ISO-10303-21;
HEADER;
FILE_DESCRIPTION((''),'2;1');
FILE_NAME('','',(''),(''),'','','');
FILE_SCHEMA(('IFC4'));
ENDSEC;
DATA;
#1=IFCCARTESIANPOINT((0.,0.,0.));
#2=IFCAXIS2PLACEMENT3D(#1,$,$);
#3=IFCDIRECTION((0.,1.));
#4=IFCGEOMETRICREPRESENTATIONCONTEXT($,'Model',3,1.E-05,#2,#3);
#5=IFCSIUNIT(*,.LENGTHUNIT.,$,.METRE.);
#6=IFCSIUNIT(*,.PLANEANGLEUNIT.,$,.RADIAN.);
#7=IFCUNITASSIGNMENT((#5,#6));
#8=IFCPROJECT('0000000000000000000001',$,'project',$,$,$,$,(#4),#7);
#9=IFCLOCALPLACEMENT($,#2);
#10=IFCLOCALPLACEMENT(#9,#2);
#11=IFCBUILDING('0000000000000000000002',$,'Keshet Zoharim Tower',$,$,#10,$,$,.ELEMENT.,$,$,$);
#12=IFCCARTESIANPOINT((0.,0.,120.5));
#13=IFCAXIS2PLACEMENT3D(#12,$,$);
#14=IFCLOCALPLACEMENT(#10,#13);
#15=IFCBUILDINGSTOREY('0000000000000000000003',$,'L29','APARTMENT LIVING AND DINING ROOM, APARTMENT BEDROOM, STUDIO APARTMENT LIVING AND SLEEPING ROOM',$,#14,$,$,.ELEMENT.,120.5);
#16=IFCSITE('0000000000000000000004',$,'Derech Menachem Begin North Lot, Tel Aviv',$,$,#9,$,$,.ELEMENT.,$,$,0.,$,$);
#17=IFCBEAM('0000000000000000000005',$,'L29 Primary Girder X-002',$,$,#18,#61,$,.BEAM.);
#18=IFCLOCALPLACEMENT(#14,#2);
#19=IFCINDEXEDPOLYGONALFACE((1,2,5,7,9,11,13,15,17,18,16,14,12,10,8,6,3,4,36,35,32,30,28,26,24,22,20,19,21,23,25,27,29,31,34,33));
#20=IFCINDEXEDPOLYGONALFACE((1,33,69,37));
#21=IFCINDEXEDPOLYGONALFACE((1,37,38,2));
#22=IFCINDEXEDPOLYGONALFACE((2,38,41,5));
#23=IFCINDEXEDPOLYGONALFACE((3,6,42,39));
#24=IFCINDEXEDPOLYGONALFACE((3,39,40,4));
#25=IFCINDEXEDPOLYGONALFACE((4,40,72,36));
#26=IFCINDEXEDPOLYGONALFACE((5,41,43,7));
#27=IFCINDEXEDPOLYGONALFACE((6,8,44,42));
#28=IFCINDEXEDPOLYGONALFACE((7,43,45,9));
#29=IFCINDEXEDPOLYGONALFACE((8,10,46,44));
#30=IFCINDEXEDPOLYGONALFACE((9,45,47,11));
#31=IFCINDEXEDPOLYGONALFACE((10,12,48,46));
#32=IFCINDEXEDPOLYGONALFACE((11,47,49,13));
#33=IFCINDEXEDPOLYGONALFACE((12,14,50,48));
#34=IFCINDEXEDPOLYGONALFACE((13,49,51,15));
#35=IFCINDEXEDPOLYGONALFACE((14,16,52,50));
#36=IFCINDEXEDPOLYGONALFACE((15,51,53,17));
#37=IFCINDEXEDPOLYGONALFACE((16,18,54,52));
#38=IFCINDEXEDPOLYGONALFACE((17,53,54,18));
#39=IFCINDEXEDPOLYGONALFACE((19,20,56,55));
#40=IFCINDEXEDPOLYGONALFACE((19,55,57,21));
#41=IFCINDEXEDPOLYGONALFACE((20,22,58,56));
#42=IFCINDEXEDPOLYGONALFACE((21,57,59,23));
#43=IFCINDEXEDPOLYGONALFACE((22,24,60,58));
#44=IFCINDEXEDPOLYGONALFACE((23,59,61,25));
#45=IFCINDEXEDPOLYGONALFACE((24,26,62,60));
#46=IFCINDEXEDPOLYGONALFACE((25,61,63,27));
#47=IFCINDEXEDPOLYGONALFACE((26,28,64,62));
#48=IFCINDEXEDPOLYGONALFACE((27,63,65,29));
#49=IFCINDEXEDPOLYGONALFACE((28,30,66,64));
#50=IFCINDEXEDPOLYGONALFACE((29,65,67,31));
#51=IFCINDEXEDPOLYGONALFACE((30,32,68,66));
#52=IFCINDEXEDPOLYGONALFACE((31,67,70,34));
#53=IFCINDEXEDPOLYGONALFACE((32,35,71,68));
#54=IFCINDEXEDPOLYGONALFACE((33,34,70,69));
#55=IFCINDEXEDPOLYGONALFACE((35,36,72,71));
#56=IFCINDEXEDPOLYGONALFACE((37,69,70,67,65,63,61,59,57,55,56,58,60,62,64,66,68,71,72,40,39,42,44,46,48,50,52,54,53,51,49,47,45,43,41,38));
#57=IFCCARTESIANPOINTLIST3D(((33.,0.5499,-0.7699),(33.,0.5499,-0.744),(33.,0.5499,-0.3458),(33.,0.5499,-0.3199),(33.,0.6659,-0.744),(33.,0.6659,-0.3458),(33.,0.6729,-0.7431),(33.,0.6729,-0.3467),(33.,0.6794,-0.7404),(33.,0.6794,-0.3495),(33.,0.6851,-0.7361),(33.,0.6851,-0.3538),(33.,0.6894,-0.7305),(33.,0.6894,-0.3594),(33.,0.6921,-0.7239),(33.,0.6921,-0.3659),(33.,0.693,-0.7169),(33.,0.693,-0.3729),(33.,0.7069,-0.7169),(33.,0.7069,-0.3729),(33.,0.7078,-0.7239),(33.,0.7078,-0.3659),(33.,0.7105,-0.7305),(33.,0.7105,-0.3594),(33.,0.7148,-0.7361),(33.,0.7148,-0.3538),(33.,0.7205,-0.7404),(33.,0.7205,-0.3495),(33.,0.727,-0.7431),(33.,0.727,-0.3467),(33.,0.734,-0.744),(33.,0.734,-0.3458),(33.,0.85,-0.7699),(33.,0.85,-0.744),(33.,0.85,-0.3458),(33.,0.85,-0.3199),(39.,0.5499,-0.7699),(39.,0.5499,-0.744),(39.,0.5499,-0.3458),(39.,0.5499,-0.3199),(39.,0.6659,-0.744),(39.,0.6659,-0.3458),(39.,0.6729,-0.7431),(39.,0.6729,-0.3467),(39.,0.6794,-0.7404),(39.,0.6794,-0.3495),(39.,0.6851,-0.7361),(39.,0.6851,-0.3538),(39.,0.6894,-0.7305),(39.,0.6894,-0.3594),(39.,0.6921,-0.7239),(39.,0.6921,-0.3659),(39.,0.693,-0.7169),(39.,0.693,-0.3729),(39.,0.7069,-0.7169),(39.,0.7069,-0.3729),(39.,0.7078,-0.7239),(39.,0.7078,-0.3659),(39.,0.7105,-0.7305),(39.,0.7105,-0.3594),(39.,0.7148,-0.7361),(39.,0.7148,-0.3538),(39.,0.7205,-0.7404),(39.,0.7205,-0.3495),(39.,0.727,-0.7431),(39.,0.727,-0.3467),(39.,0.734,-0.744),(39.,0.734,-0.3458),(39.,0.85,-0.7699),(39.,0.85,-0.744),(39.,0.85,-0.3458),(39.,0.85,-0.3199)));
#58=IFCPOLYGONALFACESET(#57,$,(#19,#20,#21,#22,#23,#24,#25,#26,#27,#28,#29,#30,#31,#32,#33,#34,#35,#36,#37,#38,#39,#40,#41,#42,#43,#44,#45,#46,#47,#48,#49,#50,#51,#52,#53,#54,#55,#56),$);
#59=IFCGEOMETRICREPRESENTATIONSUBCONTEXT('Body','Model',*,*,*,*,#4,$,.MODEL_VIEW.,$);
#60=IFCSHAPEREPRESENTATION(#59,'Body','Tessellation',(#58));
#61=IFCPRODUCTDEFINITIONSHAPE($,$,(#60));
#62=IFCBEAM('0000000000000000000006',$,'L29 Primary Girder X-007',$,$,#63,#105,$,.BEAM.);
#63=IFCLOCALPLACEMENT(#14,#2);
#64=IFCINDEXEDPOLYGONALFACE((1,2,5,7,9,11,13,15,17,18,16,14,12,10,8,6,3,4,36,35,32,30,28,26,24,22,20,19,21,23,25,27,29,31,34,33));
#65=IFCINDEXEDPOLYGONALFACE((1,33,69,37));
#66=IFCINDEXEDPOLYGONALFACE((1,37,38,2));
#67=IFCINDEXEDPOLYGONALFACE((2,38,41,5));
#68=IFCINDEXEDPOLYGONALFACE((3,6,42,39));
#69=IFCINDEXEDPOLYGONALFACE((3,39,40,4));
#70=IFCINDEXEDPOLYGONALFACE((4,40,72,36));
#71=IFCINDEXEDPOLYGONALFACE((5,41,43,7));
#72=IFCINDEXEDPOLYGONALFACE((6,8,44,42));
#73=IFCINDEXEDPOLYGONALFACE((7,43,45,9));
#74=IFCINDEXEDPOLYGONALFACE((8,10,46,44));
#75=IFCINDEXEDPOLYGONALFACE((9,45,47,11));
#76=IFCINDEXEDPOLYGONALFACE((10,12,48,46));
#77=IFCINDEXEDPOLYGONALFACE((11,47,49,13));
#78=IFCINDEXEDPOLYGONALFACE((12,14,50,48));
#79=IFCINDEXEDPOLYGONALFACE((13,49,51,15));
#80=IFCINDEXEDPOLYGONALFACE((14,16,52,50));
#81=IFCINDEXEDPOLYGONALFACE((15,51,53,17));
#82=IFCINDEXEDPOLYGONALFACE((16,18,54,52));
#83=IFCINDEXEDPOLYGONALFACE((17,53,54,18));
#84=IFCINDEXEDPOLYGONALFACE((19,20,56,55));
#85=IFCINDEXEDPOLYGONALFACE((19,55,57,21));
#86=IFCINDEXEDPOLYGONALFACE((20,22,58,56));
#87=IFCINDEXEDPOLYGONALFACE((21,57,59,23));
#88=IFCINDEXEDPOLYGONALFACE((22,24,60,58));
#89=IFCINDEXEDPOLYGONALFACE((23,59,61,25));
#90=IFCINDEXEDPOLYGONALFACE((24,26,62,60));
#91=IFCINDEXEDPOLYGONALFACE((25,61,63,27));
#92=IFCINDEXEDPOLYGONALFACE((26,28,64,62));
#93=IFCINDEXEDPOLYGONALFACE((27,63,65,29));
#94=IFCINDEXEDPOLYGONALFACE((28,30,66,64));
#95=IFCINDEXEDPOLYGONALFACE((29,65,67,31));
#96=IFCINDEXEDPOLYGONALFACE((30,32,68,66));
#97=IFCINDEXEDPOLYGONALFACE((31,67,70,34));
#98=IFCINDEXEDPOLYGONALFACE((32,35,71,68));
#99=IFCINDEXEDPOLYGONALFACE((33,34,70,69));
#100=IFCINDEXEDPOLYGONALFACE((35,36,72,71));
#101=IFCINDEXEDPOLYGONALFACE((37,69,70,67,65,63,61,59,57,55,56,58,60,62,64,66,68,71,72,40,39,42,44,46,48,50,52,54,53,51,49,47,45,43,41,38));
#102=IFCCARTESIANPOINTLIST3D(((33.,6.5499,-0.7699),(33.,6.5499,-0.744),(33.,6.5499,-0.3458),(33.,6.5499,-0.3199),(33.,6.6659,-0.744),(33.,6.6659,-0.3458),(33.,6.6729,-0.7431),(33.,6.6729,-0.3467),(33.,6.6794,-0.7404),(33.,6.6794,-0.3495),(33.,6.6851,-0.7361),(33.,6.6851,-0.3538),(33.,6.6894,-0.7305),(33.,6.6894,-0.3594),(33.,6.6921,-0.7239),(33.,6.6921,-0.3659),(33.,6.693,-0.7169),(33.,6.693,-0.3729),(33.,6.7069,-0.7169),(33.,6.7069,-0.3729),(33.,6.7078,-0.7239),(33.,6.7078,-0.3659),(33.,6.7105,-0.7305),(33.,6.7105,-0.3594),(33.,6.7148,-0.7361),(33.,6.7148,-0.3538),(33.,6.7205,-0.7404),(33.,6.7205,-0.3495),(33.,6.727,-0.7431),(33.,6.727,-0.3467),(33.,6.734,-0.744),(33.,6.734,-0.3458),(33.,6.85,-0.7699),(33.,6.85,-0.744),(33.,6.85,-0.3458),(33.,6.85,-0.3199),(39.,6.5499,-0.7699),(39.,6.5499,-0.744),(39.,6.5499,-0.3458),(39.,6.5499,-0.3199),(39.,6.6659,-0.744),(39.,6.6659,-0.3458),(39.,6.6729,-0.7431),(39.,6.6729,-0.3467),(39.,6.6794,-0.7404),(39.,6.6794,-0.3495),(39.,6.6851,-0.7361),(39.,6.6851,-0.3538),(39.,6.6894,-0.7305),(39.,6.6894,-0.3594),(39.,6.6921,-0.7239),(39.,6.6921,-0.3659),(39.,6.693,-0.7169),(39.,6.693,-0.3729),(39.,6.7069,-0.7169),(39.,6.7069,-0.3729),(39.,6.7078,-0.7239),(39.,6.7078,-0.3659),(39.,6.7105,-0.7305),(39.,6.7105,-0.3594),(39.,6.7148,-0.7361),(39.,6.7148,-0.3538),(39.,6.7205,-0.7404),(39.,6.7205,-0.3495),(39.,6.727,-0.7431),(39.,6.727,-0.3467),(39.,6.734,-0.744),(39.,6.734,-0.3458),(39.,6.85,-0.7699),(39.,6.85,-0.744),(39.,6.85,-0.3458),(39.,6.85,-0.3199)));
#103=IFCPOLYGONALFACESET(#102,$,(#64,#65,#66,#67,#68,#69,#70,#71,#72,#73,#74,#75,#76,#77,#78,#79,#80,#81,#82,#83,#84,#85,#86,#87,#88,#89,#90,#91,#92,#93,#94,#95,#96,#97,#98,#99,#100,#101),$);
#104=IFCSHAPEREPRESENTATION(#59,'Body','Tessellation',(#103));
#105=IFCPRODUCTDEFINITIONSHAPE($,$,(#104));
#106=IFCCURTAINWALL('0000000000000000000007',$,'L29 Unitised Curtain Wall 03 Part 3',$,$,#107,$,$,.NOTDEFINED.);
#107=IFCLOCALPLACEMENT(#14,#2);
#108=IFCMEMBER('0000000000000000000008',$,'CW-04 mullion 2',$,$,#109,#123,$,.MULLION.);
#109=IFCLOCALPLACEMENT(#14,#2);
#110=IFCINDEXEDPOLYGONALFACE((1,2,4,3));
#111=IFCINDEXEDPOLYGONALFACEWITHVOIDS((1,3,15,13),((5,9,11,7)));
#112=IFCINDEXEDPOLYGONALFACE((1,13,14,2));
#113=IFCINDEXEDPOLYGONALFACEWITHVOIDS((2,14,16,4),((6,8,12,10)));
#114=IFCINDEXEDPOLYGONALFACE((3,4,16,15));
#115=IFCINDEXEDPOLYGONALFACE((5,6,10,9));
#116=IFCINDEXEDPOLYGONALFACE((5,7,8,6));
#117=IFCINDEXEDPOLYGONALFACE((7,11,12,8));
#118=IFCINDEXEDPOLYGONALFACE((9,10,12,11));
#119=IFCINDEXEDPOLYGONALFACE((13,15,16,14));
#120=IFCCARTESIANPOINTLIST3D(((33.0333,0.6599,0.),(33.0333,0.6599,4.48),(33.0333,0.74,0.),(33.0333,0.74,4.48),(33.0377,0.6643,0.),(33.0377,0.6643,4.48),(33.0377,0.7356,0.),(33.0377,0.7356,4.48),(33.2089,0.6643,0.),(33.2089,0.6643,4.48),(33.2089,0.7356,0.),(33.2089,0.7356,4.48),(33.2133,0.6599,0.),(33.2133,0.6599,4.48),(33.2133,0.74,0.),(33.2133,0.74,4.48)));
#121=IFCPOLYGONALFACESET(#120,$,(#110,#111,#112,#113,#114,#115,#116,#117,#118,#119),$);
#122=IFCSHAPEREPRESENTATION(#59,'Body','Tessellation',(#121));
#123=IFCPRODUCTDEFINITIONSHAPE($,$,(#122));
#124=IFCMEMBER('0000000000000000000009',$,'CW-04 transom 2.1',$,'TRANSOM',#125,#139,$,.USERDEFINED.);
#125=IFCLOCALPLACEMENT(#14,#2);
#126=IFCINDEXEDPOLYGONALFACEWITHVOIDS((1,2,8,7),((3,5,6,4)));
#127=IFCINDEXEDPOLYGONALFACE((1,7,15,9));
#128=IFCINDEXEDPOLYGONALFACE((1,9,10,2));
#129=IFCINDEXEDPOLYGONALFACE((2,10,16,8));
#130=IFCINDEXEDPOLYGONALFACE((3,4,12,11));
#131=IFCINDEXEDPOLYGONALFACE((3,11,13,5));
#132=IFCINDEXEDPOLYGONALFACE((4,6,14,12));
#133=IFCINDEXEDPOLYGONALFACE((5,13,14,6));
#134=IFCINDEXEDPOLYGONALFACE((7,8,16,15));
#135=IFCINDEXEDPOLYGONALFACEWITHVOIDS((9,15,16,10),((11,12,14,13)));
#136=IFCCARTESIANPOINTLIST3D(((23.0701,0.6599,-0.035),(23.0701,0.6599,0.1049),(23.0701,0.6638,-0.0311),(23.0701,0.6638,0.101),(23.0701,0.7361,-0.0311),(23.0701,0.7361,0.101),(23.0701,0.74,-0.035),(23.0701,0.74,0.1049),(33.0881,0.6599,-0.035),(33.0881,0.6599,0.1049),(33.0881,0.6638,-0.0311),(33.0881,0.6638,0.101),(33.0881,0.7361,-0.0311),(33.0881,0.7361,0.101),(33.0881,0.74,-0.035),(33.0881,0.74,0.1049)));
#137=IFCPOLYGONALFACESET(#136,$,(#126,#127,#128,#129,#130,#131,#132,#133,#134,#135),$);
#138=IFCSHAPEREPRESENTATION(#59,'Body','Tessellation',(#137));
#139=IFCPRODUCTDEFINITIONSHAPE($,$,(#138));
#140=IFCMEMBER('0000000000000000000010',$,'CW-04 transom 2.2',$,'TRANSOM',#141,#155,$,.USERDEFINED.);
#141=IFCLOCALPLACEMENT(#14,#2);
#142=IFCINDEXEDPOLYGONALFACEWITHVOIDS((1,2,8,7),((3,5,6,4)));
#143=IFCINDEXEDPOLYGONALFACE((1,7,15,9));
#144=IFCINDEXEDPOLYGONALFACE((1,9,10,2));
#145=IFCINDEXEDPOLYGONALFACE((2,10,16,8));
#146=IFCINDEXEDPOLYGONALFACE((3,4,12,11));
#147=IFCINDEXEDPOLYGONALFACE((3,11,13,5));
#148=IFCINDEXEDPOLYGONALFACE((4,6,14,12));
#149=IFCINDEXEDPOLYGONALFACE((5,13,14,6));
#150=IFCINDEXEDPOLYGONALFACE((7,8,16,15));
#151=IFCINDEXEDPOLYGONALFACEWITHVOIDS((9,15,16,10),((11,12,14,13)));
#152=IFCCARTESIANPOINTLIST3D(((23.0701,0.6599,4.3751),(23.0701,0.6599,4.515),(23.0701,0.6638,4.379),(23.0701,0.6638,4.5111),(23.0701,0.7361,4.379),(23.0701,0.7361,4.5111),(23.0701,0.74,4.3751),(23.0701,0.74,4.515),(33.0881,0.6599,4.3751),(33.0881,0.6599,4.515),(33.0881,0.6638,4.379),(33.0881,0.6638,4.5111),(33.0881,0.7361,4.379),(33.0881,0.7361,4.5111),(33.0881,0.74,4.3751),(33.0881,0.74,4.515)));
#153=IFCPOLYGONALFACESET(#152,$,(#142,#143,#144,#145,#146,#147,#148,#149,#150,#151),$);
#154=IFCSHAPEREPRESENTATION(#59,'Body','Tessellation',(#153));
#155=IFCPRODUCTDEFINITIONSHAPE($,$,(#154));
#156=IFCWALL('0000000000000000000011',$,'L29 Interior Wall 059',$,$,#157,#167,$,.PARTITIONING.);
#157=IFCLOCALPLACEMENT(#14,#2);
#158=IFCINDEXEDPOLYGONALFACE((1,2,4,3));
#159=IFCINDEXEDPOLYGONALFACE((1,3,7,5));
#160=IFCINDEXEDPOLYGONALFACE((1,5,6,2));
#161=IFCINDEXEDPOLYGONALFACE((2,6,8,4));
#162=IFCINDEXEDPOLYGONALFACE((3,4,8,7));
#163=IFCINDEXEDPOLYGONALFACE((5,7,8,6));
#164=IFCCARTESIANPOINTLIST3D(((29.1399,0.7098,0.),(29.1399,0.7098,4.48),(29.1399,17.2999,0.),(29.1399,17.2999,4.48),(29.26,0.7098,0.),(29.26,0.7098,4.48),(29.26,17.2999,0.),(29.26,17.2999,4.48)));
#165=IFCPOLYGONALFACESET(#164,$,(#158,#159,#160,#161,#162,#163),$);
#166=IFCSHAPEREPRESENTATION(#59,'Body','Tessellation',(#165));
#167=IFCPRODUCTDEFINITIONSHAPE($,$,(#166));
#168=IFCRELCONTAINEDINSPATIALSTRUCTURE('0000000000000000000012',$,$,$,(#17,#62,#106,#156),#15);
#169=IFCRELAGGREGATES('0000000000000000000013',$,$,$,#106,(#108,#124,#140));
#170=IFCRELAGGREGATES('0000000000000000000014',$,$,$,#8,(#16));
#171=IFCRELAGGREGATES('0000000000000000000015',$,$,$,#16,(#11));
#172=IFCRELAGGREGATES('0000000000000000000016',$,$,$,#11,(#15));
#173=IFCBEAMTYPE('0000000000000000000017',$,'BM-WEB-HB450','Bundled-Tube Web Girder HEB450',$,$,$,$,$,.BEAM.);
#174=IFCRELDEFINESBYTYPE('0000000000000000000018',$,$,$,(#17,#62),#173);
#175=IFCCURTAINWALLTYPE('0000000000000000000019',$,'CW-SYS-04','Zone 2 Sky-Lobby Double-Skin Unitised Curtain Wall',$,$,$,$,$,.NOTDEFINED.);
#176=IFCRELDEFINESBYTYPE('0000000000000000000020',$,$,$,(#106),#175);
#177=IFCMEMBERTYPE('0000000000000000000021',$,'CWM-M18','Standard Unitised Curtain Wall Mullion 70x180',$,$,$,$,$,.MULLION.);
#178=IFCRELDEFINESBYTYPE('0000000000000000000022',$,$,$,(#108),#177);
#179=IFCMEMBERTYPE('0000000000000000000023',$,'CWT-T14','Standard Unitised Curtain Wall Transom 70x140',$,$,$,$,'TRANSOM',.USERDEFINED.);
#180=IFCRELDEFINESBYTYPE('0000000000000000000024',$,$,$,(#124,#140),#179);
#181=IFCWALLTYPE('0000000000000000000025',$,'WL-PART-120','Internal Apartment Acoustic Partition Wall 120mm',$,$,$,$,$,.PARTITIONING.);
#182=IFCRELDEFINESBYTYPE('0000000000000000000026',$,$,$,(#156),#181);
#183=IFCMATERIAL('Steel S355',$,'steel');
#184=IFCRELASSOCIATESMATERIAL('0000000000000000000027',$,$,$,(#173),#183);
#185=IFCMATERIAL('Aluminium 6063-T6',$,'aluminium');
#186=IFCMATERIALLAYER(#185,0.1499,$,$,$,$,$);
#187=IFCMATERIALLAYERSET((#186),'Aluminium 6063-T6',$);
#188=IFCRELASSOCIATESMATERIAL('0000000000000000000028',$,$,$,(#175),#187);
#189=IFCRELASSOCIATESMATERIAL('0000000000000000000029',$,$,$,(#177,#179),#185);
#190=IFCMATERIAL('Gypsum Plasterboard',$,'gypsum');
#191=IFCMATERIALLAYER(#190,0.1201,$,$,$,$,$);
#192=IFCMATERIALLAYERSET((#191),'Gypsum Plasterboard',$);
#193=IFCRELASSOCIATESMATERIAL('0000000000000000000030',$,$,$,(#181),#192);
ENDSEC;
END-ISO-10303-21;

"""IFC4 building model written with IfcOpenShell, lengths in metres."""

from ifc_helpers import new_model, si_unit, direction, frame, frame_2d, origin, origin_2d, place, context, subcontext, project, spatial, rectangle, hollow_rectangle, i_section, extrude, material, layer, layer_set, material_profile, profile_set, type_object, element, aggregate, save


model = new_model("IFC4")

# Units and contexts
model_context = context("Model", 3, precision=1e-05, world=origin(), true_north=direction((0.0, 1.0)))
body_context = subcontext(model_context, "Body", "Model", "MODEL_VIEW")
ifc_project = project(units=[si_unit("LENGTHUNIT", "METRE"), si_unit("PLANEANGLEUNIT", "RADIAN")], contexts=[model_context])

# Site, building, storey
site_placement = place(None, origin())
site = spatial("IfcSite", under=ifc_project, at=site_placement, Name="Derech Menachem Begin North Lot, Tel Aviv", CompositionType="ELEMENT", RefElevation=0.0)
building_placement = place(site_placement, origin())
building = spatial("IfcBuilding", under=site, at=building_placement, Name="Keshet Zoharim Tower", CompositionType="ELEMENT")
storey_placement = place(building_placement, frame((0.0, 0.0, 120.5)))
storey = spatial("IfcBuildingStorey", under=building, at=storey_placement, Name="L29", Description="APARTMENT LIVING AND DINING ROOM, APARTMENT BEDROOM, STUDIO APARTMENT LIVING AND SLEEPING ROOM", CompositionType="ELEMENT", Elevation=120.5)

# Shared definitions
ifc_material_1 = material(Name="Steel S355", Category="steel")

# Beams
ifc_material_profile_1 = material_profile(ifc_material_1, i_section(OverallWidth=0.3, OverallDepth=0.45, WebThickness=0.0139, FlangeThickness=0.0259, FilletRadius=0.0271, at=origin_2d()), Name="HEB450")
ifc_profile_set_1 = profile_set([ifc_material_profile_1], Name="Steel S355")
beam_type_1 = type_object("IfcBeamType", Name="BM-WEB-HB450", Description="Bundled-Tube Web Girder HEB450", PredefinedType="BEAM", material=ifc_profile_set_1)
for number, where, z_axis, x_axis, name in (
    (1, (33.0, 0.7, -0.5449), (1.0, 0.0, 0.0), (0.0, 1.0, 0.0), "L29 Primary Girder X-002"),
    (2, (33.0, 6.7, -0.5449), (1.0, 0.0, 0.0), (0.0, 1.0, 0.0), "L29 Primary Girder X-007"),
):
    element("IfcBeam", number, at=place(storey_placement, frame(where, z_axis=z_axis, x_axis=x_axis)), inside=storey, type_object=beam_type_1, Name=name, PredefinedType="BEAM", context=body_context, shape_type="SweptSolid", body=[
        extrude(i_section(OverallWidth=0.3, OverallDepth=0.45, WebThickness=0.0139, FlangeThickness=0.0259, FilletRadius=0.0271, at=origin_2d()), origin(), (0.0, 0.0, 1.0), 6.0),
    ])

# Curtain wall, members
ifc_material_2 = material(Name="Aluminium 6063-T6", Category="aluminium")
ifc_layer_1 = layer(ifc_material_2, 0.1499)
ifc_layer_set_1 = layer_set([ifc_layer_1], Name="Aluminium 6063-T6")
curtain_wall_type = type_object("IfcCurtainWallType", Name="CW-SYS-04", Description="Zone 2 Sky-Lobby Double-Skin Unitised Curtain Wall", PredefinedType="NOTDEFINED", material=ifc_layer_set_1)
curtain_wall_placement = place(storey_placement, origin())
curtain_wall = element("IfcCurtainWall", 3, at=curtain_wall_placement, inside=storey, type_object=curtain_wall_type, Name="L29 Unitised Curtain Wall 03 Part 3", PredefinedType="NOTDEFINED")
ifc_material_profile_2 = material_profile(ifc_material_2, hollow_rectangle(XDim=0.0801, YDim=0.1799, WallThickness=0.0044, at=origin_2d()), Name="MUL-80x180")
ifc_profile_set_2 = profile_set([ifc_material_profile_2], Name="Aluminium 6063-T6")
member_type_1 = type_object("IfcMemberType", Name="CWM-M18", Description="Standard Unitised Curtain Wall Mullion 70x180", PredefinedType="MULLION", material=ifc_profile_set_2)
member_1_placement = place(storey_placement, frame((33.1233, 0.7, 0.0), z_axis=(0.0, 0.0, 1.0), x_axis=(0.0, -1.0, 0.0)))
member_1 = element("IfcMember", 4, at=member_1_placement, type_object=member_type_1, Name="CW-04 mullion 2", PredefinedType="MULLION", context=body_context, shape_type="SweptSolid", body=[
    extrude(hollow_rectangle(XDim=0.0801, YDim=0.1799, WallThickness=0.0044, at=origin_2d()), origin(), (0.0, 0.0, 1.0), 4.48),
])
ifc_material_profile_3 = material_profile(ifc_material_2, hollow_rectangle(XDim=0.0801, YDim=0.1399, WallThickness=0.0039, at=origin_2d()), Name="TRN-80x140")
ifc_profile_set_3 = profile_set([ifc_material_profile_3], Name="Aluminium 6063-T6")
member_type_2 = type_object("IfcMemberType", Name="CWT-T14", Description="Standard Unitised Curtain Wall Transom 70x140", ElementType="TRANSOM", PredefinedType="USERDEFINED", material=ifc_profile_set_3)
member_2_placement = place(storey_placement, frame((33.0881, 0.7, 0.0349), z_axis=(-1.0, 0.0, 0.0), x_axis=(0.0, -1.0, 0.0)))
member_2 = element("IfcMember", 5, at=member_2_placement, type_object=member_type_2, Name="CW-04 transom 2.1", ObjectType="TRANSOM", PredefinedType="USERDEFINED", context=body_context, shape_type="SweptSolid", body=[
    extrude(hollow_rectangle(XDim=0.0801, YDim=0.1399, WallThickness=0.0039, at=origin_2d()), origin(), (0.0, 0.0, 1.0), 10.0181),
])
member_3_placement = place(storey_placement, frame((33.0881, 0.7, 4.4451), z_axis=(-1.0, 0.0, 0.0), x_axis=(0.0, -1.0, 0.0)))
member_3 = element("IfcMember", 6, at=member_3_placement, type_object=member_type_2, Name="CW-04 transom 2.2", ObjectType="TRANSOM", PredefinedType="USERDEFINED", context=body_context, shape_type="SweptSolid", body=[
    extrude(hollow_rectangle(XDim=0.0801, YDim=0.1399, WallThickness=0.0039, at=origin_2d()), origin(), (0.0, 0.0, 1.0), 10.0181),
])
aggregate(curtain_wall, [member_1, member_2, member_3])

# Wall
ifc_material_3 = material(Name="Gypsum Plasterboard", Category="gypsum")
ifc_layer_2 = layer(ifc_material_3, 0.1201)
ifc_layer_set_2 = layer_set([ifc_layer_2], Name="Gypsum Plasterboard")
wall_type = type_object("IfcWallType", Name="WL-PART-120", Description="Internal Apartment Acoustic Partition Wall 120mm", PredefinedType="PARTITIONING", material=ifc_layer_set_2)
wall_1_placement = place(storey_placement, frame((29.2, 0.71, 0.0), z_axis=(0.0, 0.0, 1.0), x_axis=(0.0, 1.0, 0.0)))
element("IfcWall", 7, at=wall_1_placement, inside=storey, type_object=wall_type, Name="L29 Interior Wall 059", PredefinedType="PARTITIONING", context=body_context, shape_type="SweptSolid", body=[
    extrude(rectangle(XDim=16.5901, YDim=0.1201, at=frame_2d((8.2949, 0.0))), origin(), (0.0, 0.0, 1.0), 4.48),
])

save(model, "model.ifc")
